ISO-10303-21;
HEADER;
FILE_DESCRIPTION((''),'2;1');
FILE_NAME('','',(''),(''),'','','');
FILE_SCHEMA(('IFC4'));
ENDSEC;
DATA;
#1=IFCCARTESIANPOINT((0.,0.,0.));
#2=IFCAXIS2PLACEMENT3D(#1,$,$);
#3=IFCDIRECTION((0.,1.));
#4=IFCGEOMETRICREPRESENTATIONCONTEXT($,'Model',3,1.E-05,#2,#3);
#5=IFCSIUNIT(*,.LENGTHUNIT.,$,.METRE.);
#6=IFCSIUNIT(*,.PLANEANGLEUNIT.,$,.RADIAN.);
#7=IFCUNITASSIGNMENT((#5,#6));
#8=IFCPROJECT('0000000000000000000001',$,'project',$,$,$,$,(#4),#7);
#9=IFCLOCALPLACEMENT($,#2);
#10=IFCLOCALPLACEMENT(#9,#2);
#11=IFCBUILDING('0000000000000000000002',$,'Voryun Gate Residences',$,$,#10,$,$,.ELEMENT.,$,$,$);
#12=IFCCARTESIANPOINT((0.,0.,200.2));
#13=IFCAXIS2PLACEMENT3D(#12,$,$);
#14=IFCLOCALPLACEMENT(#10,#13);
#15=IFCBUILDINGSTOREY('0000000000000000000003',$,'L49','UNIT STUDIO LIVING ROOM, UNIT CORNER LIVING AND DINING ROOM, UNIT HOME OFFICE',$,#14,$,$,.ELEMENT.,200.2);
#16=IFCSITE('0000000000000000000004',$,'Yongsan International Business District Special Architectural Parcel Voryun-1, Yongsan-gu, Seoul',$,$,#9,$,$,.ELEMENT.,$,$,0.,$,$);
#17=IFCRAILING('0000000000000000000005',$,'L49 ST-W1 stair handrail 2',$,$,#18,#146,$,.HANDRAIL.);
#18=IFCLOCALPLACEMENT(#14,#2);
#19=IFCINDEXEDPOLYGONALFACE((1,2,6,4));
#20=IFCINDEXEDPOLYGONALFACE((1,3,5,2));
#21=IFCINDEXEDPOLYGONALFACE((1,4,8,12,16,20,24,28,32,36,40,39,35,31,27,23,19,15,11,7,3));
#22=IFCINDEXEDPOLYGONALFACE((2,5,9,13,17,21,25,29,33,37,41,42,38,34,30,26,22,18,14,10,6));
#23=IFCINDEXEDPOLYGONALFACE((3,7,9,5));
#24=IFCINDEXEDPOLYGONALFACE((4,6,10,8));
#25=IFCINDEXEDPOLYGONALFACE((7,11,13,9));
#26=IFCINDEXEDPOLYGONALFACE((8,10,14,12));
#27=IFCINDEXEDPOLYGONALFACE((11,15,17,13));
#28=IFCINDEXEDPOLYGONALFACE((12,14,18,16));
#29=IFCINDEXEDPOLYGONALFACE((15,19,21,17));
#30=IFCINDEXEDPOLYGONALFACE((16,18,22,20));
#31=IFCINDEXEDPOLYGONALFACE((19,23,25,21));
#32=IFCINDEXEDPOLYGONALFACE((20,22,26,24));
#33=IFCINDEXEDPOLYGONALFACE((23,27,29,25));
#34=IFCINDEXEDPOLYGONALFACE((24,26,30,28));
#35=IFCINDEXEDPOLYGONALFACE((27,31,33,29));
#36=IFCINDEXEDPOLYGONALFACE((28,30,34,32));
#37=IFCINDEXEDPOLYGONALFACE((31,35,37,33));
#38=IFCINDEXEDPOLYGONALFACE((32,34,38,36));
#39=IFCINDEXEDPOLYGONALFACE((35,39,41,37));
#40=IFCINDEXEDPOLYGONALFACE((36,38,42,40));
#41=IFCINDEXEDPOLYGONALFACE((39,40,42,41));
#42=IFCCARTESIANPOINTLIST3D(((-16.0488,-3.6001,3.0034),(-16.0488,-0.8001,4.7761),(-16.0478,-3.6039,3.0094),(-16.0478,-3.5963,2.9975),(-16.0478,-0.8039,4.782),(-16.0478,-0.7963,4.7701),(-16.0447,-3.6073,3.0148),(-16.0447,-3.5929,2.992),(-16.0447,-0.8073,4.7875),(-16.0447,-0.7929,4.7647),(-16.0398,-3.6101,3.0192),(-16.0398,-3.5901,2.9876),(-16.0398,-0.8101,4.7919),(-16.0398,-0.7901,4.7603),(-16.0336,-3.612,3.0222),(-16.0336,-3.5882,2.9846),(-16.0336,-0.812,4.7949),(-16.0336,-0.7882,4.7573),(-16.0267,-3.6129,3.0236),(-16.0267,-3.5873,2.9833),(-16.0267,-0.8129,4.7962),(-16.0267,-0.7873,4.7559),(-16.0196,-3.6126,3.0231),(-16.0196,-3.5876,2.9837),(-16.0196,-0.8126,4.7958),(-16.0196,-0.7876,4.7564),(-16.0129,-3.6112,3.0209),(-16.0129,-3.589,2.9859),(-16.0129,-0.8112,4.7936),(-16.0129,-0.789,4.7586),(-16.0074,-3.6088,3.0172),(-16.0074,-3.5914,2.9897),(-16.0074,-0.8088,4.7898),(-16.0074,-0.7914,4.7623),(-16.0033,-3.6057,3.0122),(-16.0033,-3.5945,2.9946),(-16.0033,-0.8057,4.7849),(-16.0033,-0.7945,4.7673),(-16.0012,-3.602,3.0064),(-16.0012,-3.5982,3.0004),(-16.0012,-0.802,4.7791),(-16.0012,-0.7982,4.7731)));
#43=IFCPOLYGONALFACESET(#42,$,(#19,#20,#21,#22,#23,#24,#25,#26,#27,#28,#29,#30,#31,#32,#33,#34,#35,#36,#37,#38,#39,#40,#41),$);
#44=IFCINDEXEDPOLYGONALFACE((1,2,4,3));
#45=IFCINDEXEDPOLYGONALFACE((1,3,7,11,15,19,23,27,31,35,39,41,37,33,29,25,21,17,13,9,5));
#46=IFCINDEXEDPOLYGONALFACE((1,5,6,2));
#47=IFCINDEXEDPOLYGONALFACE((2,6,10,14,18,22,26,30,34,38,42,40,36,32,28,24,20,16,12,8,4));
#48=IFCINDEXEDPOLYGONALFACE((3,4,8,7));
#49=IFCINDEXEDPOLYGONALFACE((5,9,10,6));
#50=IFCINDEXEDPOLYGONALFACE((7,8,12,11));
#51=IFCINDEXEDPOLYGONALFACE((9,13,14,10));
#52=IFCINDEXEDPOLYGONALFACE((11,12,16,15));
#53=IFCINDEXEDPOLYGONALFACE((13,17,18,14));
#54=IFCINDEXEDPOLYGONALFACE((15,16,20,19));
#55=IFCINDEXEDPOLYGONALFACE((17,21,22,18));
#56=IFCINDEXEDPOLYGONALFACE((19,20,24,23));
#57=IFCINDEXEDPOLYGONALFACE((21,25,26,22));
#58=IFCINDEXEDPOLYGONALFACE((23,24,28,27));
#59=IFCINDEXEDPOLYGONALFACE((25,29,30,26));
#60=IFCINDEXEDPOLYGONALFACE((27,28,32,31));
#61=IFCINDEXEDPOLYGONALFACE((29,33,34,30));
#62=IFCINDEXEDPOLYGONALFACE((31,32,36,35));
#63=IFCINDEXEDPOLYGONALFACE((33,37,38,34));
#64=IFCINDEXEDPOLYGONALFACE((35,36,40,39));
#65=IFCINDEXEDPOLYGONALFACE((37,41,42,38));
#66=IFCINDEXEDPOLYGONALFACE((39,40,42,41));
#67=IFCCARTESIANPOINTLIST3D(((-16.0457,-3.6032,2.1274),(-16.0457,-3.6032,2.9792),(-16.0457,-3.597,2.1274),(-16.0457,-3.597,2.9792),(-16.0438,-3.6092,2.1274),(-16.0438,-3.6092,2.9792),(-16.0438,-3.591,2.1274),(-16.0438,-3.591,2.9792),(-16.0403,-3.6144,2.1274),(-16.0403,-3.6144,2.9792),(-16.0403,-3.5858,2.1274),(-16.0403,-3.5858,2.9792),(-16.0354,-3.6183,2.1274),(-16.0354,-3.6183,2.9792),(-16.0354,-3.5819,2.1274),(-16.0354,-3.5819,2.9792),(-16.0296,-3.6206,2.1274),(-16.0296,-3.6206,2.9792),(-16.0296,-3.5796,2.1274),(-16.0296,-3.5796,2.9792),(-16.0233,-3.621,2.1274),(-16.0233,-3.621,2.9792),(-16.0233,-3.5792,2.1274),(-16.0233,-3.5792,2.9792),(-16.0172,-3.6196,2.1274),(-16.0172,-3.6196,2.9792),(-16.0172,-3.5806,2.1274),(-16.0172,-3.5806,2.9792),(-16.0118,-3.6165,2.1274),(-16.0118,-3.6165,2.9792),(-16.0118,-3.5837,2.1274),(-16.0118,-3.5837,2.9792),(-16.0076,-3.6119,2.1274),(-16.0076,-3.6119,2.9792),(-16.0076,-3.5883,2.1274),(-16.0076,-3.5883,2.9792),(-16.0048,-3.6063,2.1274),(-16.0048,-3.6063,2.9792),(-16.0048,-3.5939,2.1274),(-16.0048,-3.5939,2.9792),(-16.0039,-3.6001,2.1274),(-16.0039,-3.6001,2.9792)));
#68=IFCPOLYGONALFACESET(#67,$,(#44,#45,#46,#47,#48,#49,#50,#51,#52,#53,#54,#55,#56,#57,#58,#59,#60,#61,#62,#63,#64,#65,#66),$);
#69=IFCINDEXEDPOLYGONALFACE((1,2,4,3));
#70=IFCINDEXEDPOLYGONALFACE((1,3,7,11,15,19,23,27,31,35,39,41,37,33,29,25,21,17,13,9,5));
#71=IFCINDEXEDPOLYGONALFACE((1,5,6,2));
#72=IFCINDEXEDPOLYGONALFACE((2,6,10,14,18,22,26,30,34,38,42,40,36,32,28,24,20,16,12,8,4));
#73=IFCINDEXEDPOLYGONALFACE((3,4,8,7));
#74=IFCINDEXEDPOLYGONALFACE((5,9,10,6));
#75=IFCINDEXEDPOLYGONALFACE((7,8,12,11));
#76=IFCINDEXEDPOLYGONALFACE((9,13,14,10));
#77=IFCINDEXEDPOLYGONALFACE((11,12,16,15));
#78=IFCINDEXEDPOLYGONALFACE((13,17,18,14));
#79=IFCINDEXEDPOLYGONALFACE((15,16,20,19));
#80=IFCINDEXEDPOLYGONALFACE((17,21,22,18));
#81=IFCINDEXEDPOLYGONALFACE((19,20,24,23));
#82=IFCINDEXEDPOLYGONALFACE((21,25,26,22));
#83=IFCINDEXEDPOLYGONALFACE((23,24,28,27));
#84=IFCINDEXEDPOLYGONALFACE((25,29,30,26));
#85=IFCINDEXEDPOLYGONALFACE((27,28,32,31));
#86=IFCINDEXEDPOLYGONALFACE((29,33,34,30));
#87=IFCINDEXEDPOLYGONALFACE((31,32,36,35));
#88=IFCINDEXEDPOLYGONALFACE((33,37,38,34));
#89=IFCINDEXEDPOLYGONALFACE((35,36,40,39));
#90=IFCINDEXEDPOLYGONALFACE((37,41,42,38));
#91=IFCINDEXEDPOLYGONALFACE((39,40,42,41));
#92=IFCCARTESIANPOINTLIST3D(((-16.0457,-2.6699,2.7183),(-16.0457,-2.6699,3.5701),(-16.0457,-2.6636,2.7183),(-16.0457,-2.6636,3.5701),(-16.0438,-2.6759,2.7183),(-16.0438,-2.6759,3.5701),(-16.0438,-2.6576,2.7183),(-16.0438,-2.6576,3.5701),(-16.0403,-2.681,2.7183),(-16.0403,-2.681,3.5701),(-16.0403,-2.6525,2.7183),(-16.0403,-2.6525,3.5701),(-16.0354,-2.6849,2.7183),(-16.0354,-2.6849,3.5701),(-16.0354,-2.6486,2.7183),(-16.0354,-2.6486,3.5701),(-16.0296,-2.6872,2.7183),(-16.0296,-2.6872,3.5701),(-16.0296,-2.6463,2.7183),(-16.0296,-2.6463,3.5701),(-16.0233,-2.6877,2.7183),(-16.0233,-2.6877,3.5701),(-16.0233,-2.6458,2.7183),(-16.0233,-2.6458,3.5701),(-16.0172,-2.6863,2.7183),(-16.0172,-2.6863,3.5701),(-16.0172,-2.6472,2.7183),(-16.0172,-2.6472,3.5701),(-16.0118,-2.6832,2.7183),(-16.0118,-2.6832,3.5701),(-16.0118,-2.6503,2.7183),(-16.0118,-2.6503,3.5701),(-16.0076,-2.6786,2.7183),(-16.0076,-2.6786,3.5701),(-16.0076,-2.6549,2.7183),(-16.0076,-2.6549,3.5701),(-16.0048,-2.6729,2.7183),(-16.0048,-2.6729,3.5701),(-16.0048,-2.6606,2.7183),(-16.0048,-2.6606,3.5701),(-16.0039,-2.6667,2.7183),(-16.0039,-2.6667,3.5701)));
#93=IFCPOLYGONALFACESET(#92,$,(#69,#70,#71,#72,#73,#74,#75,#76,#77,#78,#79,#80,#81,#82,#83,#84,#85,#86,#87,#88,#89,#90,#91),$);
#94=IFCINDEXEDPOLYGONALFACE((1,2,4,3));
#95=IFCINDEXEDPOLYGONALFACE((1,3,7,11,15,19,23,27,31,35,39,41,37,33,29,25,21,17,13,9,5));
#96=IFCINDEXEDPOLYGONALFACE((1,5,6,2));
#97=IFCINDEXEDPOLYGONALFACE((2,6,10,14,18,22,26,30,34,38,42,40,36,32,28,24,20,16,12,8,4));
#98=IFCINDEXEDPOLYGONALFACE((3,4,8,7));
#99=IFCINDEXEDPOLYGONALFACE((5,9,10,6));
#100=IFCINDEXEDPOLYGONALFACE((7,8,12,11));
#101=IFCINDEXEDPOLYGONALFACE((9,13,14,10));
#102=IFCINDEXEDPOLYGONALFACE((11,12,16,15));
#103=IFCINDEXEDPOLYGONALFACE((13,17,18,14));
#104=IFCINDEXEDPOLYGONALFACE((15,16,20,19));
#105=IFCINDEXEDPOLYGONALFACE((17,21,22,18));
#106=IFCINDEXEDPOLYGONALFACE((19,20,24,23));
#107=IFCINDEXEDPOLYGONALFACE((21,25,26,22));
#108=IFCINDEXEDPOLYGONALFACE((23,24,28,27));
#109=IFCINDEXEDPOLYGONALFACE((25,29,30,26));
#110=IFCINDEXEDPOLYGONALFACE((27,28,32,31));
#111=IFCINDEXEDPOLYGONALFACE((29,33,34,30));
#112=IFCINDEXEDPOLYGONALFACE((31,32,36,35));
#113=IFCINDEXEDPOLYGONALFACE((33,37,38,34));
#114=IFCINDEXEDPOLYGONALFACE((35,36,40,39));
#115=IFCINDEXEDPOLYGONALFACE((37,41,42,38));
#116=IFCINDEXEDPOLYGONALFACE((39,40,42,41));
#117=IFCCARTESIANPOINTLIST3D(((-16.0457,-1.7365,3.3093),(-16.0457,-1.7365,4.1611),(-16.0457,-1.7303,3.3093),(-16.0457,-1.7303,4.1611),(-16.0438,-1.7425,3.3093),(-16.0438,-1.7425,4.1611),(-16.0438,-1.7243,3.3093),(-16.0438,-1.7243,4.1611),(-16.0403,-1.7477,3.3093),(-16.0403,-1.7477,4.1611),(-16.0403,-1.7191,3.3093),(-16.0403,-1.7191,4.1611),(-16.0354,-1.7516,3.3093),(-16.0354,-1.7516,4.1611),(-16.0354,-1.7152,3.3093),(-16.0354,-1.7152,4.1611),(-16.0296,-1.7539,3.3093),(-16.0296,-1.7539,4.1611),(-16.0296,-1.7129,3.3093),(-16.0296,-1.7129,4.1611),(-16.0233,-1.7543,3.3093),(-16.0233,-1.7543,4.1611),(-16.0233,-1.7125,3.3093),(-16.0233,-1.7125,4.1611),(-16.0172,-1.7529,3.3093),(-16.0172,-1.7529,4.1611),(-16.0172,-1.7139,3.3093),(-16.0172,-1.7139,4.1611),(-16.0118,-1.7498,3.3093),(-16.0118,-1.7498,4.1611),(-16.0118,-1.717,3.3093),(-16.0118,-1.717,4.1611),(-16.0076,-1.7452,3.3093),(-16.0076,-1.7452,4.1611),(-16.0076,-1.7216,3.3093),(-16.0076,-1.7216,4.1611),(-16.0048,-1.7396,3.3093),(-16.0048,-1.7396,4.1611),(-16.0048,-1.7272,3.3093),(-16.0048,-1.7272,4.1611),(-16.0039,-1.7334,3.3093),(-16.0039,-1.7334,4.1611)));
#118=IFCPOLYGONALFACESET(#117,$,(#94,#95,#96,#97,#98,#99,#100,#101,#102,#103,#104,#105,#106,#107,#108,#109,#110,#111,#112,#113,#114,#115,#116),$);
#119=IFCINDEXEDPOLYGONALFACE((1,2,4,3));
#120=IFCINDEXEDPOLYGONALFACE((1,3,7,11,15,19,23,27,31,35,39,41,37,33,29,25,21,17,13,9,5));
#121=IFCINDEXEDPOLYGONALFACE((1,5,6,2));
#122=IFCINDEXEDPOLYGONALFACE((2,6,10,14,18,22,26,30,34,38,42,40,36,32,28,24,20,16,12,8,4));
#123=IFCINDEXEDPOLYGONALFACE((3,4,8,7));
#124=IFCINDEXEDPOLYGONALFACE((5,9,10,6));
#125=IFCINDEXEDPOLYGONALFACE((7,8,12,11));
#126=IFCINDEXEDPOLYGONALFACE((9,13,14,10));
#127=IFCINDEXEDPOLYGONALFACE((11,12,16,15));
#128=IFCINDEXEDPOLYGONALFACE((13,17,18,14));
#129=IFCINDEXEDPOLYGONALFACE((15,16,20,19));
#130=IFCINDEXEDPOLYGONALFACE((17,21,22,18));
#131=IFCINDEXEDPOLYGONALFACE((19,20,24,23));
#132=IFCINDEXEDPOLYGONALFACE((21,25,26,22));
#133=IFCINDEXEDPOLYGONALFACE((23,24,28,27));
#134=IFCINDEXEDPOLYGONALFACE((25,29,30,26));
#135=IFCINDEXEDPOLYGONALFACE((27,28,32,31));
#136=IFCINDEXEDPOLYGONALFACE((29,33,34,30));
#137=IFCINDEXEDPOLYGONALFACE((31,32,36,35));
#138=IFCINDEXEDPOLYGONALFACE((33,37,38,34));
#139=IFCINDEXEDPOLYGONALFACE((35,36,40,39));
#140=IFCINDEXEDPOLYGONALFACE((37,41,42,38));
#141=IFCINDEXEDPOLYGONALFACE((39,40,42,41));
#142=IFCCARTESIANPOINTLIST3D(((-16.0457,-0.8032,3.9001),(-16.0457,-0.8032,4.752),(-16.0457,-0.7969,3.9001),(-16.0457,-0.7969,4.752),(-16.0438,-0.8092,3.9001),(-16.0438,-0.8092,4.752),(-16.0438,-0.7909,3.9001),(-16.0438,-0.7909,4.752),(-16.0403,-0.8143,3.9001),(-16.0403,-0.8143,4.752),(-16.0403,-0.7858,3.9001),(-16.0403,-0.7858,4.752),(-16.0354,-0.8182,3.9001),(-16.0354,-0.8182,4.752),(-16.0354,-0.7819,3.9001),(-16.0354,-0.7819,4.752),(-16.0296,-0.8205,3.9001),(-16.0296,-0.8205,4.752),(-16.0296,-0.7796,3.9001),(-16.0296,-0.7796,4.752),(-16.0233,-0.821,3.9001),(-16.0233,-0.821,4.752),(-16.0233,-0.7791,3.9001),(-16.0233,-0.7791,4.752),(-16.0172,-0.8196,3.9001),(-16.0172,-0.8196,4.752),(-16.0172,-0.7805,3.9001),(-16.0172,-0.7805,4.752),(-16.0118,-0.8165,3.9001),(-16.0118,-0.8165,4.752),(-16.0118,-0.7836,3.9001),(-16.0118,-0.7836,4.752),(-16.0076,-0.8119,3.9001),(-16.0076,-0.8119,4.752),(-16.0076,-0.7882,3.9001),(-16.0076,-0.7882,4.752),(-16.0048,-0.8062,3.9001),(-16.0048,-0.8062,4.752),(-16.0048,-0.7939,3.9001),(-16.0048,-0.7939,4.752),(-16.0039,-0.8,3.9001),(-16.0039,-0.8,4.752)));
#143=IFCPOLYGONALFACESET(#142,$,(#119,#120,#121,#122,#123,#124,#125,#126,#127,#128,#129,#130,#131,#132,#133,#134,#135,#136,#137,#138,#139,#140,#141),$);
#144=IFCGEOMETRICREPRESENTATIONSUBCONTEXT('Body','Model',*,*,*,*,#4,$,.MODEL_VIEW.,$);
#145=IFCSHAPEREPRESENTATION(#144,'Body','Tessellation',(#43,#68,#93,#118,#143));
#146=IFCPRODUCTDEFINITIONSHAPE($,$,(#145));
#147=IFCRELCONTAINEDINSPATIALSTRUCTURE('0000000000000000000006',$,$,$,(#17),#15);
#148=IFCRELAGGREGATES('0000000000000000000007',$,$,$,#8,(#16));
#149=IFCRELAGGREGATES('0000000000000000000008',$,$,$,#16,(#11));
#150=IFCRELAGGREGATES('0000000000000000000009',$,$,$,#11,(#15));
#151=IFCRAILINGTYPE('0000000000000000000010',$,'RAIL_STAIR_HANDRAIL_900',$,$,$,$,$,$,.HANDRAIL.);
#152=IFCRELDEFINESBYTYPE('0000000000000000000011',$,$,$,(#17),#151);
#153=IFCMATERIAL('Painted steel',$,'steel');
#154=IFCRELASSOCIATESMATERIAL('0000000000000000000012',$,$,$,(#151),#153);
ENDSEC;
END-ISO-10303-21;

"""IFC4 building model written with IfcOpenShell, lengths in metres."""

from ifc_helpers import new_model, si_unit, direction, frame, origin, origin_2d, place, context, subcontext, project, spatial, circle, extrude, material, type_object, element, save


model = new_model("IFC4")

# Units and contexts
model_context = context("Model", 3, precision=1e-05, world=origin(), true_north=direction((0.0, 1.0)))
body_context = subcontext(model_context, "Body", "Model", "MODEL_VIEW")
ifc_project = project(units=[si_unit("LENGTHUNIT", "METRE"), si_unit("PLANEANGLEUNIT", "RADIAN")], contexts=[model_context])

# Site, building, storey
site_placement = place(None, origin())
site = spatial("IfcSite", under=ifc_project, at=site_placement, Name="Yongsan International Business District Special Architectural Parcel Voryun-1, Yongsan-gu, Seoul", CompositionType="ELEMENT", RefElevation=0.0)
building_placement = place(site_placement, origin())
building = spatial("IfcBuilding", under=site, at=building_placement, Name="Voryun Gate Residences", CompositionType="ELEMENT")
storey_placement = place(building_placement, frame((0.0, 0.0, 200.2)))
storey = spatial("IfcBuildingStorey", under=building, at=storey_placement, Name="L49", Description="UNIT STUDIO LIVING ROOM, UNIT CORNER LIVING AND DINING ROOM, UNIT HOME OFFICE", CompositionType="ELEMENT", Elevation=200.2)

# Railing
ifc_material_1 = material(Name="Painted steel", Category="steel")
railing_type_1 = type_object("IfcRailingType", Name="RAIL_STAIR_HANDRAIL_900", PredefinedType="HANDRAIL", material=ifc_material_1)
railing_1_placement = place(storey_placement, frame((-16.0249, -3.6001, 2.1274)))
element("IfcRailing", 1, at=railing_1_placement, inside=storey, type_object=railing_type_1, Name="L49 ST-W1 stair handrail 2", PredefinedType="HANDRAIL", context=body_context, shape_type="SweptSolid", body=[
    extrude(circle(Radius=0.0239, at=origin_2d()), frame((0.0, 0.0, 0.876), z_axis=(0.0, 0.844909, 0.53491), x_axis=(-1.0, 0.0, 0.0)), (0.0, 0.0, 1.0), 3.314),
    extrude(circle(Radius=0.021, at=origin_2d()), origin(), (0.0, 0.0, 1.0), 0.8518),
    extrude(circle(Radius=0.021, at=origin_2d()), frame((0.0, 0.9333, 0.5908)), (0.0, 0.0, 1.0), 0.8518),
    extrude(circle(Radius=0.021, at=origin_2d()), frame((0.0, 1.8667, 1.1819)), (0.0, 0.0, 1.0), 0.8518),
    extrude(circle(Radius=0.021, at=origin_2d()), frame((0.0, 2.8, 1.7727)), (0.0, 0.0, 1.0), 0.8518),
])

save(model, "model.ifc")
